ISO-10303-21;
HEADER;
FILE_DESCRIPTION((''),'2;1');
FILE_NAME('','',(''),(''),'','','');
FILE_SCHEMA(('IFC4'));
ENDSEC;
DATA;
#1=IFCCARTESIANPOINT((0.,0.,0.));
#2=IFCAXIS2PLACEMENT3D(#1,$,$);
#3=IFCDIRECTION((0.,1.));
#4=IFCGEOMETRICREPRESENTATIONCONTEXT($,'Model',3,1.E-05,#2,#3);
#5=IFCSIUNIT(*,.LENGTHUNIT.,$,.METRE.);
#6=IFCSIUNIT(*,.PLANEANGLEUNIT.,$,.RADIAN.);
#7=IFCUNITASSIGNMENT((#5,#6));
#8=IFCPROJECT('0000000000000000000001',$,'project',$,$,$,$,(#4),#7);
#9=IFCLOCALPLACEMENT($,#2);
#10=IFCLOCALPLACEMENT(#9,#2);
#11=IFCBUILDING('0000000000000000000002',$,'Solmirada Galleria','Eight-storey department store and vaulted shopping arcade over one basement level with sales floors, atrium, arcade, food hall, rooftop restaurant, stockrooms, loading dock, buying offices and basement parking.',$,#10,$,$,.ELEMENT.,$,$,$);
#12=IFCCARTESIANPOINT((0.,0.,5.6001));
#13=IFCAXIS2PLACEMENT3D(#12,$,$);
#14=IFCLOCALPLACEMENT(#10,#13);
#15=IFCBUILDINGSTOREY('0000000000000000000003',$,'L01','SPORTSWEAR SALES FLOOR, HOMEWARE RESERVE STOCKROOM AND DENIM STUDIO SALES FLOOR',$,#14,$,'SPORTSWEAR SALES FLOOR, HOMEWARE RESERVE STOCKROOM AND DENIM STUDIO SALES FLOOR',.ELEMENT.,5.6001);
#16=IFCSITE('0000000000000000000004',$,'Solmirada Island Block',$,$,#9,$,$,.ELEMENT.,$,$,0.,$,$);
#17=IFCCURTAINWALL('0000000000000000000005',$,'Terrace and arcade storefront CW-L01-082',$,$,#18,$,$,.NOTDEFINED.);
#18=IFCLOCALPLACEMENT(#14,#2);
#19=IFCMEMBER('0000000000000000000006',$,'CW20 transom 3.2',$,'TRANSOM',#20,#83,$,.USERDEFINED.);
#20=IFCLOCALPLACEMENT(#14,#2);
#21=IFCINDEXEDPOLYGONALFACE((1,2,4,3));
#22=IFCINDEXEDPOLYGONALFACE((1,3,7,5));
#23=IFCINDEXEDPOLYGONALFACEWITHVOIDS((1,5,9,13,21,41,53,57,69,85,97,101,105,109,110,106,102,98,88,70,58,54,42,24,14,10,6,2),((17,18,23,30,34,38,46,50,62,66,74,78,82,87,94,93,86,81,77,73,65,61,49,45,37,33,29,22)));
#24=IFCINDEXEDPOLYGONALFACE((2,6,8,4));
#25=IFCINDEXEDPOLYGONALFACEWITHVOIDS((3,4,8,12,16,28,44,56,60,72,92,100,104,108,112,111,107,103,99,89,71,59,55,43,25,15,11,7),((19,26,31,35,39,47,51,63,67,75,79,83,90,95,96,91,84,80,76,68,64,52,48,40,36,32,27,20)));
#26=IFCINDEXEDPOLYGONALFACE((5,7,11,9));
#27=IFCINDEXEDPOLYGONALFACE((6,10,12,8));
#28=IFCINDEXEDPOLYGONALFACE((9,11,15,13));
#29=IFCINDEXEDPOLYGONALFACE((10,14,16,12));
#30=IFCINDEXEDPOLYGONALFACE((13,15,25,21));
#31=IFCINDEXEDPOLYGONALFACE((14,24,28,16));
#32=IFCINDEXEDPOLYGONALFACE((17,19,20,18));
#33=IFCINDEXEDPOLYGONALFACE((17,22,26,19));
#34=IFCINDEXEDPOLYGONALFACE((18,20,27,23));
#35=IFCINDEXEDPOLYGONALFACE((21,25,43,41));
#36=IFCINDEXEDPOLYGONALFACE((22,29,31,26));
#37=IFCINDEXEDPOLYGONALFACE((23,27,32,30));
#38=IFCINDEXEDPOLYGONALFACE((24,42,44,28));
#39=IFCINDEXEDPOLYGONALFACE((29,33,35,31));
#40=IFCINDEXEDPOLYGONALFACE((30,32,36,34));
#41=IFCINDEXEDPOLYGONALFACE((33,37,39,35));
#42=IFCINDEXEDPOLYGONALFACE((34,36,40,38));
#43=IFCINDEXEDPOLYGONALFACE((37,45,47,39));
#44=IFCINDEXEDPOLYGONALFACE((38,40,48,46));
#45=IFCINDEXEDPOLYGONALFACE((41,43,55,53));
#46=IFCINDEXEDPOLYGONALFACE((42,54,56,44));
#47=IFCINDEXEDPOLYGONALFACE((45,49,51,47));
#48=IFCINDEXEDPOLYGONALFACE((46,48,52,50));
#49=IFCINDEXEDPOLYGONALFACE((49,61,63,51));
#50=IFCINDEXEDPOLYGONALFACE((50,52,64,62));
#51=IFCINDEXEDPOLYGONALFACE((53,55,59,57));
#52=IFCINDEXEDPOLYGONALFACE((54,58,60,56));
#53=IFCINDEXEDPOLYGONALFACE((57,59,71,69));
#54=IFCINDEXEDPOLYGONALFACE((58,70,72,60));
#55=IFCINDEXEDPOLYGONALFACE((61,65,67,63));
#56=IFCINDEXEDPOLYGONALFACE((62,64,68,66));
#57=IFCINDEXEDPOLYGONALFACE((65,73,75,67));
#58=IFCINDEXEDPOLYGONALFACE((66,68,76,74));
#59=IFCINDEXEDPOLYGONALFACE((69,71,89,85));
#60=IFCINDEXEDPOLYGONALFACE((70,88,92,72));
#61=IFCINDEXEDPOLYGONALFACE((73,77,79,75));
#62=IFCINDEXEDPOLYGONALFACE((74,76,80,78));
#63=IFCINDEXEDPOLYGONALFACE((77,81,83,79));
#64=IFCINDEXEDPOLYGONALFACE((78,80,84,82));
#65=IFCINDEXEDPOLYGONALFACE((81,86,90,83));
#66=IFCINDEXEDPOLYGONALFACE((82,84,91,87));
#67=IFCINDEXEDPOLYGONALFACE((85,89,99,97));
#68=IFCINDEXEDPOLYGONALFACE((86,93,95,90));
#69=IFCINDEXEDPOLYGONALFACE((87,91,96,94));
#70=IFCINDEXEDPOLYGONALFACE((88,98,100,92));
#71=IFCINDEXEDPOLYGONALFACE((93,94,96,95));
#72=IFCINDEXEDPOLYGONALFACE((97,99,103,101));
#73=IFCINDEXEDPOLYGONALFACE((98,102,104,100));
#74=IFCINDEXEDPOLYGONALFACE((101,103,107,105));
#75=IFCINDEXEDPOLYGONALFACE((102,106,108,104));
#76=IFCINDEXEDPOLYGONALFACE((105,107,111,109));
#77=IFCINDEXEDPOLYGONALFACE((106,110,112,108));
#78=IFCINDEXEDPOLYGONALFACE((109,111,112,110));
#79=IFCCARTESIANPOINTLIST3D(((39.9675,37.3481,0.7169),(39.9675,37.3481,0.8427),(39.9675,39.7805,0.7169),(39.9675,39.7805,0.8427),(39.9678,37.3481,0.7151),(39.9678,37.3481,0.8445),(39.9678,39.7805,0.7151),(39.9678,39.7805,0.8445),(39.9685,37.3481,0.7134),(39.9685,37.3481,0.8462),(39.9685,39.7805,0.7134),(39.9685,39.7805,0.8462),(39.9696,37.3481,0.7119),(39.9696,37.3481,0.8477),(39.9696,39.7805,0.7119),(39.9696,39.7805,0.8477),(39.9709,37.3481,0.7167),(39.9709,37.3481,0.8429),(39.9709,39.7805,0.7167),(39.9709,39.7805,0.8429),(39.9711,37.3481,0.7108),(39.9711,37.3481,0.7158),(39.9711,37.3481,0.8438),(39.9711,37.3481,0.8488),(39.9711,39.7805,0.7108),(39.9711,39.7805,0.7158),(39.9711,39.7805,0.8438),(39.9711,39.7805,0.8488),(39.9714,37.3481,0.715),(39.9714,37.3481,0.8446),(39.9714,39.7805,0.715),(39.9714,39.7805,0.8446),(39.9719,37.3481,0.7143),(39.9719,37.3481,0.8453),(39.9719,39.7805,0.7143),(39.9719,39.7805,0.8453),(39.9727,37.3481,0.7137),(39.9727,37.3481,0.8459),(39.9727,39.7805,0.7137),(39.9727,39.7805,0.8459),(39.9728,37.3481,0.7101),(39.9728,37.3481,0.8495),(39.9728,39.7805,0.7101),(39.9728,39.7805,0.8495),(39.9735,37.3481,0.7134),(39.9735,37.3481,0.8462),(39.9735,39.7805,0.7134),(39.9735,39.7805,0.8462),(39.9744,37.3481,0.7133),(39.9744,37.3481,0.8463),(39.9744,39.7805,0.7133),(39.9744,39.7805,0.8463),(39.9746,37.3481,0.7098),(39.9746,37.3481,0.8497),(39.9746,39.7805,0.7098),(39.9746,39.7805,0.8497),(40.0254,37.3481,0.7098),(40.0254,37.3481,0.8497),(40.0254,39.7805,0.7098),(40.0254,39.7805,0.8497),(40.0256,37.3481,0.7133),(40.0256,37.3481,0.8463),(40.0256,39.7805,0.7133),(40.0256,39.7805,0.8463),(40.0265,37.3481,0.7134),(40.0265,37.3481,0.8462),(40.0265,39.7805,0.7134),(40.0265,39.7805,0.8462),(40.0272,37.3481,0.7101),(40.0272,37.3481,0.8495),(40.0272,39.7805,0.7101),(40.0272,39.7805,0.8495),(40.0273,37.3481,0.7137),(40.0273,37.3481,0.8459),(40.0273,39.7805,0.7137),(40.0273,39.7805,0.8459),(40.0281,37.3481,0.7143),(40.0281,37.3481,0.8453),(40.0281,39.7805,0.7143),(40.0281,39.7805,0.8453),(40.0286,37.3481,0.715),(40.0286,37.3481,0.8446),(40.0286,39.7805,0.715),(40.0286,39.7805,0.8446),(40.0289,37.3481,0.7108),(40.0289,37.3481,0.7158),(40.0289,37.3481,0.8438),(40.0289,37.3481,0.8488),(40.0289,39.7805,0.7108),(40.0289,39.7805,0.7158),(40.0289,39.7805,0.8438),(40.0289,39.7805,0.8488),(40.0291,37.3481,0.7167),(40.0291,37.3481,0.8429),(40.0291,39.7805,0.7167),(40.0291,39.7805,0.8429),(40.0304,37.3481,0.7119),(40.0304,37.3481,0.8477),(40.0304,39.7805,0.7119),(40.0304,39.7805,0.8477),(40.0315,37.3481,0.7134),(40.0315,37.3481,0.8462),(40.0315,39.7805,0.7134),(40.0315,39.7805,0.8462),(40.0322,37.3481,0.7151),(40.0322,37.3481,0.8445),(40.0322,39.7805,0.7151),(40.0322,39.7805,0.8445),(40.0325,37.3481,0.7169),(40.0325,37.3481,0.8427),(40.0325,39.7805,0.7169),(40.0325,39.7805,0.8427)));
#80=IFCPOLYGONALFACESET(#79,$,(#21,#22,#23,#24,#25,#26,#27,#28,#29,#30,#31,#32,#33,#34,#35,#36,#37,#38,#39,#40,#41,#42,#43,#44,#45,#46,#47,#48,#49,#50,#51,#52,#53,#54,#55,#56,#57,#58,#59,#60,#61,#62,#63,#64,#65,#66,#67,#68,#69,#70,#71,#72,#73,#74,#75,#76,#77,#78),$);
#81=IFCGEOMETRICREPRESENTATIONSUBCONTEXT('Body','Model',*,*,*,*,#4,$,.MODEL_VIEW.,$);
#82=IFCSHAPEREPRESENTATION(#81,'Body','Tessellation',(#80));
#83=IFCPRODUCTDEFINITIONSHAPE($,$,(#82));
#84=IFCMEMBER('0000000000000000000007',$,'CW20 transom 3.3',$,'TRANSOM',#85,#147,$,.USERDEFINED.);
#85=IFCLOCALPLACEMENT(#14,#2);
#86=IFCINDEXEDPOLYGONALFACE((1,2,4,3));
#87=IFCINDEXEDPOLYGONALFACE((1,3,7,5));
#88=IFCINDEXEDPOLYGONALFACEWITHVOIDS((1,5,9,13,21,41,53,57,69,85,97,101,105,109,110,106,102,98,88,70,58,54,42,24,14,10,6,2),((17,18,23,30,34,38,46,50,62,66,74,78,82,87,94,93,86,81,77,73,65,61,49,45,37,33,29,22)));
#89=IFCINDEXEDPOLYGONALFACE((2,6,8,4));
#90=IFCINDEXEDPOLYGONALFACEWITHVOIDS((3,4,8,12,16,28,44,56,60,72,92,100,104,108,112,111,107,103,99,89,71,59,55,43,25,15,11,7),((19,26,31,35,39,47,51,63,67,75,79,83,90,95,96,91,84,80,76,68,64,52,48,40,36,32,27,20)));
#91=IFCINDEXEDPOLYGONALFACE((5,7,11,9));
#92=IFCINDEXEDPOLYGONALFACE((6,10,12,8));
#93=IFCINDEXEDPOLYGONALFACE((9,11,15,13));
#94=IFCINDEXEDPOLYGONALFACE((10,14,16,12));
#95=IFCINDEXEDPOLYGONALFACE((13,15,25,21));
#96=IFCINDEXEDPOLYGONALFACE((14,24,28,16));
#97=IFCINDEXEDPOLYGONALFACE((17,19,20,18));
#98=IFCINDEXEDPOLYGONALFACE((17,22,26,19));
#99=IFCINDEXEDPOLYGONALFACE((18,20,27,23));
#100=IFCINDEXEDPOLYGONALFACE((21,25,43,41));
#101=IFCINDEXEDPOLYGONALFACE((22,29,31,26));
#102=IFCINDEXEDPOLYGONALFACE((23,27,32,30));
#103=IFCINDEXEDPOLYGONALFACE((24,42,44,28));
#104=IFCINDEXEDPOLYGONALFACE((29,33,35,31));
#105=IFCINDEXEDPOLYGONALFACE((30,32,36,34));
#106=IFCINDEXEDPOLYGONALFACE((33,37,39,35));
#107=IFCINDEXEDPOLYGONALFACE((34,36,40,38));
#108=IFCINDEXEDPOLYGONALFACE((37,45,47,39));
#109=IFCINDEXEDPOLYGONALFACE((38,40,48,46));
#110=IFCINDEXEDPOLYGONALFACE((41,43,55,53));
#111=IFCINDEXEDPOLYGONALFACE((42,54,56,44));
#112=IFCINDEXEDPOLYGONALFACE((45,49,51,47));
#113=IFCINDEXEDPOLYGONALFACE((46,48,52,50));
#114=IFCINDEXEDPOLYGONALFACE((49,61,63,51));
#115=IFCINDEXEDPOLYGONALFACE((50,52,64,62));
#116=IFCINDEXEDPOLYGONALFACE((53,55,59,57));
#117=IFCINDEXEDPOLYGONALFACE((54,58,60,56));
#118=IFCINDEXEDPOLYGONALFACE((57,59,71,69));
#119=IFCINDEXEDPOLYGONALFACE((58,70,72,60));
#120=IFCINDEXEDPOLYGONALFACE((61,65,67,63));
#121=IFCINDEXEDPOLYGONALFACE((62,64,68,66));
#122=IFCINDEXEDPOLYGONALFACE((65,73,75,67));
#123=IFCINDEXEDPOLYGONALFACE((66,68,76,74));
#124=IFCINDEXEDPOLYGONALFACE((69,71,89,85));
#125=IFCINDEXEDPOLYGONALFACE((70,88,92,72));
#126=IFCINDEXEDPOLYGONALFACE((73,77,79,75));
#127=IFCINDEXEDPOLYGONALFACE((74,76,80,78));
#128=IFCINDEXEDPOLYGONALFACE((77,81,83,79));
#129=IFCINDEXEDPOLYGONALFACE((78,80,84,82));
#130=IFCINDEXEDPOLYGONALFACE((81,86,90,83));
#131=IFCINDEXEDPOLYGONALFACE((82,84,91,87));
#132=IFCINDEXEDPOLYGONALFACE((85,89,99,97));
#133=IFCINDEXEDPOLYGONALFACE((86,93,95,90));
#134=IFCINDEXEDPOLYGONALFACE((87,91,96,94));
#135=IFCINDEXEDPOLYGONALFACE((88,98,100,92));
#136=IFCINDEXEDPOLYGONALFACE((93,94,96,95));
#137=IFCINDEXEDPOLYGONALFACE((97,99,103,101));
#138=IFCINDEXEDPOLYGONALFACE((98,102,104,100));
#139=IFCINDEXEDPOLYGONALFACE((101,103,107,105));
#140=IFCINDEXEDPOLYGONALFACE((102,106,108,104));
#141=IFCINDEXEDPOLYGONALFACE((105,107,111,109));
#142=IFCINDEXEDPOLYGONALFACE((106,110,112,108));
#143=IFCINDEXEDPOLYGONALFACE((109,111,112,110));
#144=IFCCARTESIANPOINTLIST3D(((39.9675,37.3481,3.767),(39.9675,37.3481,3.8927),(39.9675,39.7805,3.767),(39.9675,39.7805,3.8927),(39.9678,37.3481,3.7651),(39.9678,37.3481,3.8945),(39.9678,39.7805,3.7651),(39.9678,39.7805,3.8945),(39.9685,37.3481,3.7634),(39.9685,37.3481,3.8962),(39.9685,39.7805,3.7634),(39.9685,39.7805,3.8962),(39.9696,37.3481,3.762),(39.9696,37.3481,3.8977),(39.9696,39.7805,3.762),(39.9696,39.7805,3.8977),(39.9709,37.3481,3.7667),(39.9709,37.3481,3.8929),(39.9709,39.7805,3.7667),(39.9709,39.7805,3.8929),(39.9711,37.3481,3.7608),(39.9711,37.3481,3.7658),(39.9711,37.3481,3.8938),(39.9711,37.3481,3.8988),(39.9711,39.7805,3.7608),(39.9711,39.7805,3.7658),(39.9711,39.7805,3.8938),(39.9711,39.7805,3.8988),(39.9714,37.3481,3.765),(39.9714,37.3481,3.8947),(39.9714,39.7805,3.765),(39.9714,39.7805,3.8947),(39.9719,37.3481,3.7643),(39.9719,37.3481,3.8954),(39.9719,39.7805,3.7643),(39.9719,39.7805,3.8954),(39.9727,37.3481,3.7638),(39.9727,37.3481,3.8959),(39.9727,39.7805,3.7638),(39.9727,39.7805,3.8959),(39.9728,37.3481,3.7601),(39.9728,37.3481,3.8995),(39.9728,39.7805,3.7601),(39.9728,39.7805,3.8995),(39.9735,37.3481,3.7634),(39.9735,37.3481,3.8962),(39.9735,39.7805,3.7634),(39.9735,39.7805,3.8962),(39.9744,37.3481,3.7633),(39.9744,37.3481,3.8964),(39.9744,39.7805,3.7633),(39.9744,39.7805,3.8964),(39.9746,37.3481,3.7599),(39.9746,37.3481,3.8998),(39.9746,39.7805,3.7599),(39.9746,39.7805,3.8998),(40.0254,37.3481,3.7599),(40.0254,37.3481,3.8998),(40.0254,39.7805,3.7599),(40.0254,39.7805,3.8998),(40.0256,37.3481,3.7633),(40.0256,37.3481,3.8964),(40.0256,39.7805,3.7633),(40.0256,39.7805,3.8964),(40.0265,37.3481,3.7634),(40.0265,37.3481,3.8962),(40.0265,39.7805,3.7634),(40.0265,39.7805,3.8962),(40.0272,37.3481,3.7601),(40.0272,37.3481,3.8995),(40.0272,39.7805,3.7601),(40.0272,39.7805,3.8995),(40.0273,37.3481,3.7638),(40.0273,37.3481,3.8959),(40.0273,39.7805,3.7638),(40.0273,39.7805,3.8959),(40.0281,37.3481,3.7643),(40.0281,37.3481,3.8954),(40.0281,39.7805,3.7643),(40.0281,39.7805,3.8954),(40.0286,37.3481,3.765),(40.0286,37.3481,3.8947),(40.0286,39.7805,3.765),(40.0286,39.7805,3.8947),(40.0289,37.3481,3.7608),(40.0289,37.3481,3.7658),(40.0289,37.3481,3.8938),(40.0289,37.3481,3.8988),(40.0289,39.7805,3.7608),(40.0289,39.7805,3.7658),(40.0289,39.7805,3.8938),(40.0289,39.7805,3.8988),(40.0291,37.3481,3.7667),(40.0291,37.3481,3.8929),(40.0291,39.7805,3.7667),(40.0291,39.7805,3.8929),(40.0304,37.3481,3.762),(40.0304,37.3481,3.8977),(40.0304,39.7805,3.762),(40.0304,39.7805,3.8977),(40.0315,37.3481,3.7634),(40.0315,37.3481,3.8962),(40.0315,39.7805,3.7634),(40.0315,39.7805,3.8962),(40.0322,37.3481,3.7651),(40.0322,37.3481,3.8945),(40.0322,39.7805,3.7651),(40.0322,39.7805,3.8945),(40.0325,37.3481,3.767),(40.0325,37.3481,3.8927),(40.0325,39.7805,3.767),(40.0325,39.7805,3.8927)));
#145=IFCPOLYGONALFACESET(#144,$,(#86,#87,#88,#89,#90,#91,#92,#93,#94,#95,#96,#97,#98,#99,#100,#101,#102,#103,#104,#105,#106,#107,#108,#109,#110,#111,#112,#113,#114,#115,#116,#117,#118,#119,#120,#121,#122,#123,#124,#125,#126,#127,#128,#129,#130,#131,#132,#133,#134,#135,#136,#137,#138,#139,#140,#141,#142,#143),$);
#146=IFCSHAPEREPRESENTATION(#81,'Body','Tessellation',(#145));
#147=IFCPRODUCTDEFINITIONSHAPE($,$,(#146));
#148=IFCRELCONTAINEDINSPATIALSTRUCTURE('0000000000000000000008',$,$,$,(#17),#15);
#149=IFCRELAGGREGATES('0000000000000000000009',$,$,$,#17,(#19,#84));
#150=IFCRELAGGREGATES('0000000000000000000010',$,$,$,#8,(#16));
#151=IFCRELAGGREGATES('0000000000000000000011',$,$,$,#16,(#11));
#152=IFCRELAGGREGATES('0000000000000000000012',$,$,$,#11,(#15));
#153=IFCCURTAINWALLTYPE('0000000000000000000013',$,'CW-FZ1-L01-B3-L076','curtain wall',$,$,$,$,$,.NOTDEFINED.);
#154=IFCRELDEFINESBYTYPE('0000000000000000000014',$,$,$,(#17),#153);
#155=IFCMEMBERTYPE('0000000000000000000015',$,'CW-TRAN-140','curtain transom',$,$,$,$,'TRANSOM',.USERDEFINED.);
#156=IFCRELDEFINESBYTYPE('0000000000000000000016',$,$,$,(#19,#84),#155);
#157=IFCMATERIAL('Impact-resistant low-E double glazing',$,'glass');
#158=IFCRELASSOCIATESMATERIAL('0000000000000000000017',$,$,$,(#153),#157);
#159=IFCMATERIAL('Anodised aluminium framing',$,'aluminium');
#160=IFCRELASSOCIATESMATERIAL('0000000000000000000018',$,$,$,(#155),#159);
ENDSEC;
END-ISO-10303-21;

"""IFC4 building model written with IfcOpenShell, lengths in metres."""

from ifc_helpers import new_model, si_unit, direction, frame, origin, origin_2d, place, context, subcontext, project, spatial, hollow_rectangle, extrude, material, material_profile, profile_set, type_object, element, aggregate, save


model = new_model("IFC4")

# Units and contexts
model_context = context("Model", 3, precision=1e-05, world=origin(), true_north=direction((0.0, 1.0)))
body_context = subcontext(model_context, "Body", "Model", "MODEL_VIEW")
ifc_project = project(units=[si_unit("LENGTHUNIT", "METRE"), si_unit("PLANEANGLEUNIT", "RADIAN")], contexts=[model_context])

# Site, building, storey
site_placement = place(None, origin())
site = spatial("IfcSite", under=ifc_project, at=site_placement, Name="Solmirada Island Block", CompositionType="ELEMENT", RefElevation=0.0)
building_placement = place(site_placement, origin())
building = spatial("IfcBuilding", under=site, at=building_placement, Name="Solmirada Galleria", Description="Eight-storey department store and vaulted shopping arcade over one basement level with sales floors, atrium, arcade, food hall, rooftop restaurant, stockrooms, loading dock, buying offices and basement parking.", CompositionType="ELEMENT")
storey_placement = place(building_placement, frame((0.0, 0.0, 5.6001)))
storey = spatial("IfcBuildingStorey", under=building, at=storey_placement, Name="L01", Description="SPORTSWEAR SALES FLOOR, HOMEWARE RESERVE STOCKROOM AND DENIM STUDIO SALES FLOOR", LongName="SPORTSWEAR SALES FLOOR, HOMEWARE RESERVE STOCKROOM AND DENIM STUDIO SALES FLOOR", CompositionType="ELEMENT", Elevation=5.6001)

# Shared definitions
ifc_material_1 = material(Name="Impact-resistant low-E double glazing", Category="glass")
curtain_wall_type = type_object("IfcCurtainWallType", Name="CW-FZ1-L01-B3-L076", Description="curtain wall", PredefinedType="NOTDEFINED", material=ifc_material_1)
ifc_material_2 = material(Name="Anodised aluminium framing", Category="aluminium")

# Curtain wall, members
curtain_wall_1_placement = place(storey_placement, origin())
curtain_wall_1 = element("IfcCurtainWall", 1, at=curtain_wall_1_placement, inside=storey, type_object=curtain_wall_type, Name="Terrace and arcade storefront CW-L01-082", PredefinedType="NOTDEFINED")
ifc_material_profile_1 = material_profile(ifc_material_2, hollow_rectangle(XDim=0.0649, YDim=0.1399, WallThickness=0.0034, InnerFilletRadius=0.0034, OuterFilletRadius=0.0071, at=origin_2d()), Name="ALU-TRAN-140X65")
ifc_profile_set_1 = profile_set([ifc_material_profile_1], Name="Anodised aluminium framing")
member_type_1 = type_object("IfcMemberType", Name="CW-TRAN-140", Description="curtain transom", ElementType="TRANSOM", PredefinedType="USERDEFINED", material=ifc_profile_set_1)
member_1_placement = place(storey_placement, frame((40.0, 37.3481, 0.7798), z_axis=(0.0, 1.0, 0.0), x_axis=(-1.0, 0.0, 0.0)))
member_1 = element("IfcMember", 2, at=member_1_placement, type_object=member_type_1, Name="CW20 transom 3.2", ObjectType="TRANSOM", PredefinedType="USERDEFINED", context=body_context, shape_type="SweptSolid", body=[
    extrude(hollow_rectangle(XDim=0.0649, YDim=0.1399, WallThickness=0.0034, InnerFilletRadius=0.0034, OuterFilletRadius=0.0071, at=origin_2d()), origin(), (0.0, 0.0, 1.0), 2.4324),
])
member_2_placement = place(storey_placement, frame((40.0, 37.3481, 3.8298), z_axis=(0.0, 1.0, 0.0), x_axis=(-1.0, 0.0, 0.0)))
member_2 = element("IfcMember", 3, at=member_2_placement, type_object=member_type_1, Name="CW20 transom 3.3", ObjectType="TRANSOM", PredefinedType="USERDEFINED", context=body_context, shape_type="SweptSolid", body=[
    extrude(hollow_rectangle(XDim=0.0649, YDim=0.1399, WallThickness=0.0034, InnerFilletRadius=0.0034, OuterFilletRadius=0.0071, at=origin_2d()), origin(), (0.0, 0.0, 1.0), 2.4324),
])

aggregate(curtain_wall_1, [member_1, member_2])

save(model, "model.ifc")
